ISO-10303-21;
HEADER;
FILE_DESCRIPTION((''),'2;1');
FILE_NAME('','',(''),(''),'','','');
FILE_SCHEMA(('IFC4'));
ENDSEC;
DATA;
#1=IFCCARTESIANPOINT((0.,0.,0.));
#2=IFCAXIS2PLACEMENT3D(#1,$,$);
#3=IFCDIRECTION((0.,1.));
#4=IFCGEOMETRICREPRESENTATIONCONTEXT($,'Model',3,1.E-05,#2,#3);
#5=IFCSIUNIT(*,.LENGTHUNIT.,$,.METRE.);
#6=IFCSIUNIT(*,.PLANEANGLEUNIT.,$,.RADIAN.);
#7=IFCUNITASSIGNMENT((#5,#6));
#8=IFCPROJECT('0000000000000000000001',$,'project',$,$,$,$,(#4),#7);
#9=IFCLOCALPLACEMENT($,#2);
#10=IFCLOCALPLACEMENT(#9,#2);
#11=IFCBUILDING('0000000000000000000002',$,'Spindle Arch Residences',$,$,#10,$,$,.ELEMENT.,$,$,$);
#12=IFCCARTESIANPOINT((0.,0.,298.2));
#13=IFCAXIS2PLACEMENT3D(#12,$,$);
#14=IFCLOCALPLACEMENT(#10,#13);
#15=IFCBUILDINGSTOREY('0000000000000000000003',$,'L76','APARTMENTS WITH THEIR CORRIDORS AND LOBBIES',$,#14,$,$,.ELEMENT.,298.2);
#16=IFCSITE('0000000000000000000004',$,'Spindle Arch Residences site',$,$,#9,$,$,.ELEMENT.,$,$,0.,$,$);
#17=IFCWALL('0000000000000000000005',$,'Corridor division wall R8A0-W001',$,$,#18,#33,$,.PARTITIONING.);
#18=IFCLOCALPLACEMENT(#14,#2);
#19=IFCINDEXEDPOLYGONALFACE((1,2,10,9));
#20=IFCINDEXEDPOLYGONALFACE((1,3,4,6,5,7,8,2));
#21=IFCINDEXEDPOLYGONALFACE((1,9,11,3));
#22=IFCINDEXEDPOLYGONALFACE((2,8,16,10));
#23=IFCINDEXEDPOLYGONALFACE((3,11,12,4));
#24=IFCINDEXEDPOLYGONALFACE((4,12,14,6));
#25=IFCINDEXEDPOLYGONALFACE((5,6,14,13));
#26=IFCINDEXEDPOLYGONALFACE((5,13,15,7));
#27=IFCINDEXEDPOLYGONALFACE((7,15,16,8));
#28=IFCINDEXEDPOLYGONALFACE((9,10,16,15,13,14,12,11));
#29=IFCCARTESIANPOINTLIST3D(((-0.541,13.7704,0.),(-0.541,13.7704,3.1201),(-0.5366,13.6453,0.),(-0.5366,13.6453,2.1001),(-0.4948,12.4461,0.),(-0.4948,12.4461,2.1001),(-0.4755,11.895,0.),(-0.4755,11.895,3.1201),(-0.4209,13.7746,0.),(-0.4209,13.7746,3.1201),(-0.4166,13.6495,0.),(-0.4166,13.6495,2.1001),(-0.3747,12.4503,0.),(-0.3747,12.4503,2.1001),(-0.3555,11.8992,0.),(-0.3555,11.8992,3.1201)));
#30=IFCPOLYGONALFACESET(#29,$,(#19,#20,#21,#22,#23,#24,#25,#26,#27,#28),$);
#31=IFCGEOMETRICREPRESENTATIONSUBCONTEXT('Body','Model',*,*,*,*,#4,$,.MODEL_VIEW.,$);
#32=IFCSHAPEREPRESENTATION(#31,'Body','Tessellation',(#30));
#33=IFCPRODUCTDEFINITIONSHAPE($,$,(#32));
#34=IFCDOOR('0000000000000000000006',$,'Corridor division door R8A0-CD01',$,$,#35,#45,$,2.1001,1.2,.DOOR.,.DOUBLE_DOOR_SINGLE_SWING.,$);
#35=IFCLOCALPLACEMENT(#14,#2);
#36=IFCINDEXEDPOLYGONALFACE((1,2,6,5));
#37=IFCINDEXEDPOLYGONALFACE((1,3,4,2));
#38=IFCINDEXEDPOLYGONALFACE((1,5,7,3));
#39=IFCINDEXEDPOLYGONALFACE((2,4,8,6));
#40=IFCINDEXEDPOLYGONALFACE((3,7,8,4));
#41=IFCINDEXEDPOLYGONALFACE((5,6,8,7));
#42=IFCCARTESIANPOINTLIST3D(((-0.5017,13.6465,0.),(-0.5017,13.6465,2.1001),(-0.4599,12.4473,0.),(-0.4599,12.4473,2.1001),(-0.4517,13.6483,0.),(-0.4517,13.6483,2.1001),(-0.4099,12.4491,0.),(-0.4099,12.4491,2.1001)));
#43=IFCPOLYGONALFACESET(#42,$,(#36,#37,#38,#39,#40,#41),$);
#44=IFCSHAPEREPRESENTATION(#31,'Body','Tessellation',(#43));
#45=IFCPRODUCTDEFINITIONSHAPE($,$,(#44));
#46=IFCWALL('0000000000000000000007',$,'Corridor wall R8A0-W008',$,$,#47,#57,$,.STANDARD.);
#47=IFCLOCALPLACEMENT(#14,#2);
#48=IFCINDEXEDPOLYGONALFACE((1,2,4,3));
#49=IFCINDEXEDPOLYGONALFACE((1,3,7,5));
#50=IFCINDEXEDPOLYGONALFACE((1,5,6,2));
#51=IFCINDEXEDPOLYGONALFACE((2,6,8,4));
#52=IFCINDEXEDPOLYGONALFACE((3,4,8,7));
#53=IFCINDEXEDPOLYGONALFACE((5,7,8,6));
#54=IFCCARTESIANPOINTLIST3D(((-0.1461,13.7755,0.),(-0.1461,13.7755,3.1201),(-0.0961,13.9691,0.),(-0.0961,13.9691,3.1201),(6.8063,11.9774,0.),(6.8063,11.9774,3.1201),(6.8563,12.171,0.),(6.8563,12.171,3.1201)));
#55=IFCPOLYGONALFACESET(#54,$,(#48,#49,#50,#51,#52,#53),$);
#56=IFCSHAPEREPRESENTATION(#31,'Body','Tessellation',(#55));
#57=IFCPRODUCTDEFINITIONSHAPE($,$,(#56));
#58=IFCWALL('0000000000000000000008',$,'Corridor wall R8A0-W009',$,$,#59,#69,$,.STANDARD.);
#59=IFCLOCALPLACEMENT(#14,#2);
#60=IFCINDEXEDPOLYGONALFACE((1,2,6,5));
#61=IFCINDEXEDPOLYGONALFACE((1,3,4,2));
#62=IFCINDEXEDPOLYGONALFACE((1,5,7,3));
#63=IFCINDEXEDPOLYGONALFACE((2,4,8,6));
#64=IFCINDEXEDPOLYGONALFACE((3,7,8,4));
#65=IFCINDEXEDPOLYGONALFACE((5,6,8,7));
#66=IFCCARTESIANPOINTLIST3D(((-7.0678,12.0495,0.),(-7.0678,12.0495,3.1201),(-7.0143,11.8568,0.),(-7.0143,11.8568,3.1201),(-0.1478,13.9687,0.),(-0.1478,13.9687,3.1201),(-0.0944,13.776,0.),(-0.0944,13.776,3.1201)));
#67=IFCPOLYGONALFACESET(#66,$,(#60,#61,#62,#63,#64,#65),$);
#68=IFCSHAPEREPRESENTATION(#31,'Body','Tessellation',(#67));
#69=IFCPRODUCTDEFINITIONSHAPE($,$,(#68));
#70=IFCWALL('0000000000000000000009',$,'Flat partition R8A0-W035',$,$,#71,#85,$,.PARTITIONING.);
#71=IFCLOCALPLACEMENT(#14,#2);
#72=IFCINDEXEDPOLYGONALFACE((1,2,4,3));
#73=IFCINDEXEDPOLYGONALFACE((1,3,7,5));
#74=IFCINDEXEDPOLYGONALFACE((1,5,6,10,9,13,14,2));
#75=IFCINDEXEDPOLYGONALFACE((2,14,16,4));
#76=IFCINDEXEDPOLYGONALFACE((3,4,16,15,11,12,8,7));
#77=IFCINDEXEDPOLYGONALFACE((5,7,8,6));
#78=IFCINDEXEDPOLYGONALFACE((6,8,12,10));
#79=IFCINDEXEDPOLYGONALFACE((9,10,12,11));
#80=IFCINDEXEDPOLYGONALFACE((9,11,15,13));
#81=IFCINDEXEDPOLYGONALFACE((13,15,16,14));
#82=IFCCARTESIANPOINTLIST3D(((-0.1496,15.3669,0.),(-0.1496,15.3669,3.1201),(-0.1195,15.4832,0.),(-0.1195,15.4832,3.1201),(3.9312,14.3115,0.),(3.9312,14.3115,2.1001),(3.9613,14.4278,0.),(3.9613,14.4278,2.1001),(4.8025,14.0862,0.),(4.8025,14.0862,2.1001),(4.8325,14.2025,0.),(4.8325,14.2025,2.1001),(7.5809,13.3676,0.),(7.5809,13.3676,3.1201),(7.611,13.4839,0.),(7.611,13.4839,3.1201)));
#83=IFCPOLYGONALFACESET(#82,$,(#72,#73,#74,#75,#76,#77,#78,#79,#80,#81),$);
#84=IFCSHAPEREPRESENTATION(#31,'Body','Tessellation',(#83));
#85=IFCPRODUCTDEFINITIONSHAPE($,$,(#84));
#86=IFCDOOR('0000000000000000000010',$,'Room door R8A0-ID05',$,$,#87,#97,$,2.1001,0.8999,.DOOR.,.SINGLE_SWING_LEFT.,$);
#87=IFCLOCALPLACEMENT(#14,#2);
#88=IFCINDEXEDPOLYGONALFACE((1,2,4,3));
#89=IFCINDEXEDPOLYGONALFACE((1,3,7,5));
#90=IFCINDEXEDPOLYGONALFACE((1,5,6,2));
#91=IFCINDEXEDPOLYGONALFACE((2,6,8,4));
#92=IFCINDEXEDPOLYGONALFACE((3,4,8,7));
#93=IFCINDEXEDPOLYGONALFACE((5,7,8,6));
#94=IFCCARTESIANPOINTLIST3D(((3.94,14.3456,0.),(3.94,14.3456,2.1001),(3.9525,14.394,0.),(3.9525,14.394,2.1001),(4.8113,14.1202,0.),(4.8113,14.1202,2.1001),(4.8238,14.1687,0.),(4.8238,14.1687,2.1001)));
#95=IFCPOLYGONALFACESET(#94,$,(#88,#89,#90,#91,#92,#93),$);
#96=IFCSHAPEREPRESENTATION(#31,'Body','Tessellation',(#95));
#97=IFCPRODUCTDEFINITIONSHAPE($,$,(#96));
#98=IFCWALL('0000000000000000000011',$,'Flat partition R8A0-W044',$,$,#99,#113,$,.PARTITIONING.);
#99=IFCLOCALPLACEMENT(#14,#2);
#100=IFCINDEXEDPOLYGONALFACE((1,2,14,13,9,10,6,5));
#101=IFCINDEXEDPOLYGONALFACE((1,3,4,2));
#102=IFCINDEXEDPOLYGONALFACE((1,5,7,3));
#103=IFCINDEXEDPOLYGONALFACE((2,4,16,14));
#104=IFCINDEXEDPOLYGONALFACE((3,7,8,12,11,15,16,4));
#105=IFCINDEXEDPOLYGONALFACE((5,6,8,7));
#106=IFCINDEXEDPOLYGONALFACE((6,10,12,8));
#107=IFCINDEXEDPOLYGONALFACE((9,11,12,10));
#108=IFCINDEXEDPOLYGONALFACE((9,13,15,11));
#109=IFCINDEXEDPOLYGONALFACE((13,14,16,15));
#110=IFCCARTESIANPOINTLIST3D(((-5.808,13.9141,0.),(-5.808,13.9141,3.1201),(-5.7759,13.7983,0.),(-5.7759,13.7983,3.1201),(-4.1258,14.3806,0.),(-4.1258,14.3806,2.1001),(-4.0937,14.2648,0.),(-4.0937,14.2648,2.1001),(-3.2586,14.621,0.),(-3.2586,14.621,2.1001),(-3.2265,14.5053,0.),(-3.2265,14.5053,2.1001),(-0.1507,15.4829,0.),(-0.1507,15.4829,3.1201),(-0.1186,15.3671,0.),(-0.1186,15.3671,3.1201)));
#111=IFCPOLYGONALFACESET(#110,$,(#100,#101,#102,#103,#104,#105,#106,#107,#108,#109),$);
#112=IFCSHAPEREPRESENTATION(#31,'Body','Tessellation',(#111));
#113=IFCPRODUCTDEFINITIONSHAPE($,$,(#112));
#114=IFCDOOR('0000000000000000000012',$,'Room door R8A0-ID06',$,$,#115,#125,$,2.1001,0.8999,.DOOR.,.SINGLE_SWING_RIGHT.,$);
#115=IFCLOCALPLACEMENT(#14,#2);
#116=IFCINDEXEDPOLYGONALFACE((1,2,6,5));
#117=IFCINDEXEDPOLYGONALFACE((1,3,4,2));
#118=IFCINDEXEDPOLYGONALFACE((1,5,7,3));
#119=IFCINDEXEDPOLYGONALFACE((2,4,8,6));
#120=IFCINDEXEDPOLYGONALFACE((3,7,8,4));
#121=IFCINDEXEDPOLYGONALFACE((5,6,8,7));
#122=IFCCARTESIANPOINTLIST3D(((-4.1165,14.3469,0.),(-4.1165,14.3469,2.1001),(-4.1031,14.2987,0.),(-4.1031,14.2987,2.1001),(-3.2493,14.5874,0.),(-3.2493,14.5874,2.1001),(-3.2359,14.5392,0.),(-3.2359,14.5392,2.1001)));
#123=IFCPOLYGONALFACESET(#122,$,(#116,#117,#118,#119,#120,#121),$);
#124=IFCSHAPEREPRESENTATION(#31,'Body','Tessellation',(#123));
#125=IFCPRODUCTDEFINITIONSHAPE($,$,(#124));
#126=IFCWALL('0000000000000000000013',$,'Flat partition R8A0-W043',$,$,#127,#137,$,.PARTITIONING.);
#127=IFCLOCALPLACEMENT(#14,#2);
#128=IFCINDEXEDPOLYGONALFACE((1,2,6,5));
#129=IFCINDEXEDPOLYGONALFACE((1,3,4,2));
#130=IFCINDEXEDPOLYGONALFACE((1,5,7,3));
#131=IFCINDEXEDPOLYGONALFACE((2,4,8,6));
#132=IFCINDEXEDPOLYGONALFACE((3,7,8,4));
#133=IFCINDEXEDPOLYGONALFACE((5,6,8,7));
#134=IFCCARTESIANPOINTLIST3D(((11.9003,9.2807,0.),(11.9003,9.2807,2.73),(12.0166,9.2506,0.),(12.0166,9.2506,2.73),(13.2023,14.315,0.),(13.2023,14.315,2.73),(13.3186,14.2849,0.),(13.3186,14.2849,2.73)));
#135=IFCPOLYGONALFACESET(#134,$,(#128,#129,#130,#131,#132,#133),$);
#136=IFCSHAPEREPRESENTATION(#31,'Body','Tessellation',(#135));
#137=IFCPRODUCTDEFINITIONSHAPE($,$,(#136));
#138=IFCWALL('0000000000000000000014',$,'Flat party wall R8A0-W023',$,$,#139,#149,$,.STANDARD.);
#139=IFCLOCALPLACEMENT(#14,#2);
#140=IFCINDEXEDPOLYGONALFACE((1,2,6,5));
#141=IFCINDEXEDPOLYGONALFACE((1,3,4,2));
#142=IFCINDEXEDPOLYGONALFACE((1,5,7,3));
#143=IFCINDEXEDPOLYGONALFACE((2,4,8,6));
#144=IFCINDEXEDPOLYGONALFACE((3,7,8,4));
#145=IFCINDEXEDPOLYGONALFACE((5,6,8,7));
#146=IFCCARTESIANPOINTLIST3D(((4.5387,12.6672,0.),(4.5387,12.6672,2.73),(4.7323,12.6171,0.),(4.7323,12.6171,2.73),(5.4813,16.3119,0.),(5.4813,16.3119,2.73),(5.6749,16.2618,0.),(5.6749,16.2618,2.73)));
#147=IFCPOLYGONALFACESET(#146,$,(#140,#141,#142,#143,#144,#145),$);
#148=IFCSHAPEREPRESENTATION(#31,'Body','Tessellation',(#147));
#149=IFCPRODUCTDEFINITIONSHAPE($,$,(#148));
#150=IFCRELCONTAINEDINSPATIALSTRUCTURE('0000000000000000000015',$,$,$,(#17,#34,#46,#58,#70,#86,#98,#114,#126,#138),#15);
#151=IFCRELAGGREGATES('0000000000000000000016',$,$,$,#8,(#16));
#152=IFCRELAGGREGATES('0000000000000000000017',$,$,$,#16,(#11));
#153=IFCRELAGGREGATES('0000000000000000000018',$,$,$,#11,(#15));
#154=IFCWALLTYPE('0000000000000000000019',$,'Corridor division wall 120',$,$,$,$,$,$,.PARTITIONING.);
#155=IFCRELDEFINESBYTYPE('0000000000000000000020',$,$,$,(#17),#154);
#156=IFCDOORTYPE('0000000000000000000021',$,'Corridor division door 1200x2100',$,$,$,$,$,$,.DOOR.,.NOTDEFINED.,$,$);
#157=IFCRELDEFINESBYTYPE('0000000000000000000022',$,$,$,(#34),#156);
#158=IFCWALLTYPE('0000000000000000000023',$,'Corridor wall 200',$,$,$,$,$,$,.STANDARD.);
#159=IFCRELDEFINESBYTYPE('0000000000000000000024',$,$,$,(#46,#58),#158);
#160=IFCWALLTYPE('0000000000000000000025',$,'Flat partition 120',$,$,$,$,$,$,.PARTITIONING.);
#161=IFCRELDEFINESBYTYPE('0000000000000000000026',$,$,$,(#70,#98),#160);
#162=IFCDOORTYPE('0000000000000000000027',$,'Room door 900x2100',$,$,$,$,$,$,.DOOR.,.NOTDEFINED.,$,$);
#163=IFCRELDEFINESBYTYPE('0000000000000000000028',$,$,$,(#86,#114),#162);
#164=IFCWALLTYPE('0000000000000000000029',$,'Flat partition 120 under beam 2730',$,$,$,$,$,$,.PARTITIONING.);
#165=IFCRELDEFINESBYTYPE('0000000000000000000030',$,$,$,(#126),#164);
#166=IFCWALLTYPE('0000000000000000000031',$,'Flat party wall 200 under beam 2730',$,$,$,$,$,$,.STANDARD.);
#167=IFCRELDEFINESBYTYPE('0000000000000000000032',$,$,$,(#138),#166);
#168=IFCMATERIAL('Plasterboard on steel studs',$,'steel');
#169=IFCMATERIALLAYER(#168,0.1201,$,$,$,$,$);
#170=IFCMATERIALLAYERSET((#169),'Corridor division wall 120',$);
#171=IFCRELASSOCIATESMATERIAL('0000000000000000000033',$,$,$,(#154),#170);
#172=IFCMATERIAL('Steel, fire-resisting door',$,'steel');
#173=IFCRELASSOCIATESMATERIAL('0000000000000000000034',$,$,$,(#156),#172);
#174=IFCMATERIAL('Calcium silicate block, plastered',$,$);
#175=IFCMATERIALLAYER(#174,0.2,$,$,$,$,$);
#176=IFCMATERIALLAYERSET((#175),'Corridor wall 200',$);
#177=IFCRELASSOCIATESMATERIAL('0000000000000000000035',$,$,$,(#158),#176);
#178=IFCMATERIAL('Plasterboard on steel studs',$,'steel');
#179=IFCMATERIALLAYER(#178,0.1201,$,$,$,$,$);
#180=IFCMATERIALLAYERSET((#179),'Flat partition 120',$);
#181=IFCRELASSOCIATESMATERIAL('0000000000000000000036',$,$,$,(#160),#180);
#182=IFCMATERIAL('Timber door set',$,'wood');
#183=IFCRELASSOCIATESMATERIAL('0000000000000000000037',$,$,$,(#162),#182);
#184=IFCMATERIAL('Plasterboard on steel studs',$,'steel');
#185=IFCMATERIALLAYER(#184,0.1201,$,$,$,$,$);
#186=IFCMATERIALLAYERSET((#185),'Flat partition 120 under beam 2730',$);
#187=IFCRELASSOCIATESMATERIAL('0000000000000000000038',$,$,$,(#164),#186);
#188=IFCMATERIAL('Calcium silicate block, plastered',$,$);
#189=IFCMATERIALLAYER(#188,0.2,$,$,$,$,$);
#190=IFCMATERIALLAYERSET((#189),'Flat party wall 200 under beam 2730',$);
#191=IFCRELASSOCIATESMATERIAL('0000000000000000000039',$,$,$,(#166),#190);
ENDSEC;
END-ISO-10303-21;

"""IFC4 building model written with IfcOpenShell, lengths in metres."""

from ifc_helpers import new_model, si_unit, direction, frame, frame_2d, origin, place, context, subcontext, project, spatial, rectangle, extrude, material, layer, layer_set, type_object, element, fill, save


model = new_model("IFC4")

# Units and contexts
model_context = context("Model", 3, precision=1e-05, world=origin(), true_north=direction((0.0, 1.0)))
body_context = subcontext(model_context, "Body", "Model", "MODEL_VIEW")
ifc_project = project(units=[si_unit("LENGTHUNIT", "METRE"), si_unit("PLANEANGLEUNIT", "RADIAN")], contexts=[model_context])

# Site, building, storey
site_placement = place(None, origin())
site = spatial("IfcSite", under=ifc_project, at=site_placement, Name="Spindle Arch Residences site", CompositionType="ELEMENT", RefElevation=0.0)
building_placement = place(site_placement, origin())
building = spatial("IfcBuilding", under=site, at=building_placement, Name="Spindle Arch Residences", CompositionType="ELEMENT")
storey_placement = place(building_placement, frame((0.0, 0.0, 298.2)))
storey = spatial("IfcBuildingStorey", under=building, at=storey_placement, Name="L76", Description="APARTMENTS WITH THEIR CORRIDORS AND LOBBIES", CompositionType="ELEMENT", Elevation=298.2)

# Wall, opening, door
ifc_material_1 = material(Name="Plasterboard on steel studs", Category="steel")
ifc_layer_1 = layer(ifc_material_1, 0.1201)
ifc_layer_set_1 = layer_set([ifc_layer_1], Name="Corridor division wall 120")
wall_type_1 = type_object("IfcWallType", Name="Corridor division wall 120", PredefinedType="PARTITIONING", material=ifc_layer_set_1)
wall_1_placement = place(storey_placement, frame((-0.481, 13.7725, 0.0), z_axis=(0.0, 0.0, 1.0), x_axis=(0.03487, -0.999392, 0.0)))
wall_1 = element("IfcWall", 1, at=wall_1_placement, inside=storey, type_object=wall_type_1, Name="Corridor division wall R8A0-W001", PredefinedType="PARTITIONING", context=body_context, shape_type="SweptSolid", body=[
    extrude(rectangle(XDim=1.8765, YDim=0.1201, at=frame_2d((0.9382, 0.0))), origin(), (0.0, 0.0, 1.0), 3.1201),
])
opening_1_placement = place(wall_1_placement, frame((0.125, 0.0, 0.0)))
opening_1 = element("IfcOpeningElement", 2, at=opening_1_placement, cuts=wall_1, PredefinedType="OPENING", context=body_context, shape_type="SweptSolid", body=[
    extrude(rectangle(XDim=1.2, YDim=2.1001, at=frame_2d((0.6001, 1.05))), frame((0.0, 0.0701, 0.0), z_axis=(0.0, -1.0, 0.0), x_axis=(1.0, 0.0, 0.0)), (0.0, 0.0, 1.0), 0.1401),
])
ifc_material_2 = material(Name="Steel, fire-resisting door", Category="steel")
door_type_1 = type_object("IfcDoorType", Name="Corridor division door 1200x2100", OperationType="NOTDEFINED", PredefinedType="DOOR", material=ifc_material_2)
door_1_placement = place(opening_1_placement, origin())
door_1 = element("IfcDoor", 3, at=door_1_placement, inside=storey, type_object=door_type_1, Name="Corridor division door R8A0-CD01", OperationType="DOUBLE_DOOR_SINGLE_SWING", OverallHeight=2.1001, OverallWidth=1.2, PredefinedType="DOOR", context=body_context, shape_type="SweptSolid", body=[
    extrude(rectangle(XDim=1.2, YDim=2.1001, at=frame_2d((0.6001, 1.05))), frame((0.0, 0.0249, 0.0), z_axis=(0.0, -1.0, 0.0), x_axis=(1.0, 0.0, 0.0)), (0.0, 0.0, 1.0), 0.05),
])
fill(opening_1, door_1)

# Walls
ifc_material_3 = material(Name="Calcium silicate block, plastered")
ifc_layer_2 = layer(ifc_material_3, 0.2)
ifc_layer_set_2 = layer_set([ifc_layer_2], Name="Corridor wall 200")
wall_type_2 = type_object("IfcWallType", Name="Corridor wall 200", PredefinedType="STANDARD", material=ifc_layer_set_2)
for number, where, z_axis, x_axis, name in (
    (4, (6.8313, 12.0742, 0.0), (0.0, 0.0, 1.0), (-0.968145, 0.250391, 0.0), "Corridor wall R8A0-W008"),
    (5, (-0.1211, 13.8723, 0.0), (0.0, 0.0, 1.0), (-0.963626, -0.267255, 0.0), "Corridor wall R8A0-W009"),
):
    element("IfcWall", number, at=place(storey_placement, frame(where, z_axis=z_axis, x_axis=x_axis)), inside=storey, type_object=wall_type_2, Name=name, PredefinedType="STANDARD", context=body_context, shape_type="SweptSolid", body=[
        extrude(rectangle(XDim=7.1812, YDim=0.2, at=frame_2d((3.5906, 0.0))), origin(), (0.0, 0.0, 1.0), 3.1201),
    ])

# Walls, openings, doors
ifc_material_4 = material(Name="Plasterboard on steel studs", Category="steel")
ifc_layer_3 = layer(ifc_material_4, 0.1201)
ifc_layer_set_3 = layer_set([ifc_layer_3], Name="Flat partition 120")
wall_type_3 = type_object("IfcWallType", Name="Flat partition 120", PredefinedType="PARTITIONING", material=ifc_layer_set_3)
wall_2_placement = place(storey_placement, frame((7.5959, 13.4258, 0.0), z_axis=(0.0, 0.0, 1.0), x_axis=(-0.968147, 0.250384, 0.0)))
wall_2 = element("IfcWall", 6, at=wall_2_placement, inside=storey, type_object=wall_type_3, Name="Flat partition R8A0-W035", PredefinedType="PARTITIONING", context=body_context, shape_type="SweptSolid", body=[
    extrude(rectangle(XDim=7.9849, YDim=0.1201, at=frame_2d((3.9924, 0.0))), origin(), (0.0, 0.0, 1.0), 3.1201),
])
opening_2_placement = place(wall_2_placement, frame((2.8699, 0.0, 0.0)))
opening_2 = element("IfcOpeningElement", 7, at=opening_2_placement, cuts=wall_2, PredefinedType="OPENING", context=body_context, shape_type="SweptSolid", body=[
    extrude(rectangle(XDim=0.8999, YDim=2.1001, at=frame_2d((0.45, 1.05))), frame((0.0, 0.0701, 0.0), z_axis=(0.0, -1.0, 0.0), x_axis=(1.0, 0.0, 0.0)), (0.0, 0.0, 1.0), 0.1401),
])
ifc_material_5 = material(Name="Timber door set", Category="wood")
door_type_2 = type_object("IfcDoorType", Name="Room door 900x2100", OperationType="NOTDEFINED", PredefinedType="DOOR", material=ifc_material_5)
door_2_placement = place(opening_2_placement, origin())
door_2 = element("IfcDoor", 8, at=door_2_placement, inside=storey, type_object=door_type_2, Name="Room door R8A0-ID05", OperationType="SINGLE_SWING_LEFT", OverallHeight=2.1001, OverallWidth=0.8999, PredefinedType="DOOR", context=body_context, shape_type="SweptSolid", body=[
    extrude(rectangle(XDim=0.8999, YDim=2.1001, at=frame_2d((0.45, 1.05))), frame((0.0, 0.0249, 0.0), z_axis=(0.0, -1.0, 0.0), x_axis=(1.0, 0.0, 0.0)), (0.0, 0.0, 1.0), 0.05),
])
fill(opening_2, door_2)
wall_3_placement = place(storey_placement, frame((-0.1345, 15.425, 0.0), z_axis=(0.0, 0.0, 1.0), x_axis=(-0.963635, -0.267221, 0.0)))
wall_3 = element("IfcWall", 9, at=wall_3_placement, inside=storey, type_object=wall_type_3, Name="Flat partition R8A0-W044", PredefinedType="PARTITIONING", context=body_context, shape_type="SweptSolid", body=[
    extrude(rectangle(XDim=5.8708, YDim=0.1201, at=frame_2d((2.9355, 0.0))), origin(), (0.0, 0.0, 1.0), 3.1201),
])
opening_3_placement = place(wall_3_placement, frame((3.2253, 0.0, 0.0)))
opening_3 = element("IfcOpeningElement", 10, at=opening_3_placement, cuts=wall_3, PredefinedType="OPENING", context=body_context, shape_type="SweptSolid", body=[
    extrude(rectangle(XDim=0.8999, YDim=2.1001, at=frame_2d((0.45, 1.05))), frame((0.0, 0.0701, 0.0), z_axis=(0.0, -1.0, 0.0), x_axis=(1.0, 0.0, 0.0)), (0.0, 0.0, 1.0), 0.1401),
])
door_3_placement = place(opening_3_placement, origin())
door_3 = element("IfcDoor", 11, at=door_3_placement, inside=storey, type_object=door_type_2, Name="Room door R8A0-ID06", OperationType="SINGLE_SWING_RIGHT", OverallHeight=2.1001, OverallWidth=0.8999, PredefinedType="DOOR", context=body_context, shape_type="SweptSolid", body=[
    extrude(rectangle(XDim=0.8999, YDim=2.1001, at=frame_2d((0.45, 1.05))), frame((0.0, 0.0249, 0.0), z_axis=(0.0, -1.0, 0.0), x_axis=(1.0, 0.0, 0.0)), (0.0, 0.0, 1.0), 0.05),
])
fill(opening_3, door_3)

# Walls
ifc_material_6 = material(Name="Plasterboard on steel studs", Category="steel")
ifc_layer_4 = layer(ifc_material_6, 0.1201)
ifc_layer_set_4 = layer_set([ifc_layer_4], Name="Flat partition 120 under beam 2730")
wall_type_4 = type_object("IfcWallType", Name="Flat partition 120 under beam 2730", PredefinedType="PARTITIONING", material=ifc_layer_set_4)
wall_4_placement = place(storey_placement, frame((13.2605, 14.3, 0.0), z_axis=(0.0, 0.0, 1.0), x_axis=(-0.250382, -0.968147, 0.0)))
element("IfcWall", 12, at=wall_4_placement, inside=storey, type_object=wall_type_4, Name="Flat partition R8A0-W043", PredefinedType="PARTITIONING", context=body_context, shape_type="SweptSolid", body=[
    extrude(rectangle(XDim=5.2, YDim=0.1201, at=frame_2d((2.6001, 0.0))), origin(), (0.0, 0.0, 1.0), 2.73),
])
ifc_material_7 = material(Name="Calcium silicate block, plastered")
ifc_layer_5 = layer(ifc_material_7, 0.2)
ifc_layer_set_5 = layer_set([ifc_layer_5], Name="Flat party wall 200 under beam 2730")
wall_type_5 = type_object("IfcWallType", Name="Flat party wall 200 under beam 2730", PredefinedType="STANDARD", material=ifc_layer_set_5)
wall_5_placement = place(storey_placement, frame((5.5781, 16.2869, 0.0), z_axis=(0.0, 0.0, 1.0), x_axis=(-0.250386, -0.968146, 0.0)))
element("IfcWall", 13, at=wall_5_placement, inside=storey, type_object=wall_type_5, Name="Flat party wall R8A0-W023", PredefinedType="STANDARD", context=body_context, shape_type="SweptSolid", body=[
    extrude(rectangle(XDim=3.7646, YDim=0.2, at=frame_2d((1.8823, 0.0))), origin(), (0.0, 0.0, 1.0), 2.73),
])

save(model, "model.ifc")
